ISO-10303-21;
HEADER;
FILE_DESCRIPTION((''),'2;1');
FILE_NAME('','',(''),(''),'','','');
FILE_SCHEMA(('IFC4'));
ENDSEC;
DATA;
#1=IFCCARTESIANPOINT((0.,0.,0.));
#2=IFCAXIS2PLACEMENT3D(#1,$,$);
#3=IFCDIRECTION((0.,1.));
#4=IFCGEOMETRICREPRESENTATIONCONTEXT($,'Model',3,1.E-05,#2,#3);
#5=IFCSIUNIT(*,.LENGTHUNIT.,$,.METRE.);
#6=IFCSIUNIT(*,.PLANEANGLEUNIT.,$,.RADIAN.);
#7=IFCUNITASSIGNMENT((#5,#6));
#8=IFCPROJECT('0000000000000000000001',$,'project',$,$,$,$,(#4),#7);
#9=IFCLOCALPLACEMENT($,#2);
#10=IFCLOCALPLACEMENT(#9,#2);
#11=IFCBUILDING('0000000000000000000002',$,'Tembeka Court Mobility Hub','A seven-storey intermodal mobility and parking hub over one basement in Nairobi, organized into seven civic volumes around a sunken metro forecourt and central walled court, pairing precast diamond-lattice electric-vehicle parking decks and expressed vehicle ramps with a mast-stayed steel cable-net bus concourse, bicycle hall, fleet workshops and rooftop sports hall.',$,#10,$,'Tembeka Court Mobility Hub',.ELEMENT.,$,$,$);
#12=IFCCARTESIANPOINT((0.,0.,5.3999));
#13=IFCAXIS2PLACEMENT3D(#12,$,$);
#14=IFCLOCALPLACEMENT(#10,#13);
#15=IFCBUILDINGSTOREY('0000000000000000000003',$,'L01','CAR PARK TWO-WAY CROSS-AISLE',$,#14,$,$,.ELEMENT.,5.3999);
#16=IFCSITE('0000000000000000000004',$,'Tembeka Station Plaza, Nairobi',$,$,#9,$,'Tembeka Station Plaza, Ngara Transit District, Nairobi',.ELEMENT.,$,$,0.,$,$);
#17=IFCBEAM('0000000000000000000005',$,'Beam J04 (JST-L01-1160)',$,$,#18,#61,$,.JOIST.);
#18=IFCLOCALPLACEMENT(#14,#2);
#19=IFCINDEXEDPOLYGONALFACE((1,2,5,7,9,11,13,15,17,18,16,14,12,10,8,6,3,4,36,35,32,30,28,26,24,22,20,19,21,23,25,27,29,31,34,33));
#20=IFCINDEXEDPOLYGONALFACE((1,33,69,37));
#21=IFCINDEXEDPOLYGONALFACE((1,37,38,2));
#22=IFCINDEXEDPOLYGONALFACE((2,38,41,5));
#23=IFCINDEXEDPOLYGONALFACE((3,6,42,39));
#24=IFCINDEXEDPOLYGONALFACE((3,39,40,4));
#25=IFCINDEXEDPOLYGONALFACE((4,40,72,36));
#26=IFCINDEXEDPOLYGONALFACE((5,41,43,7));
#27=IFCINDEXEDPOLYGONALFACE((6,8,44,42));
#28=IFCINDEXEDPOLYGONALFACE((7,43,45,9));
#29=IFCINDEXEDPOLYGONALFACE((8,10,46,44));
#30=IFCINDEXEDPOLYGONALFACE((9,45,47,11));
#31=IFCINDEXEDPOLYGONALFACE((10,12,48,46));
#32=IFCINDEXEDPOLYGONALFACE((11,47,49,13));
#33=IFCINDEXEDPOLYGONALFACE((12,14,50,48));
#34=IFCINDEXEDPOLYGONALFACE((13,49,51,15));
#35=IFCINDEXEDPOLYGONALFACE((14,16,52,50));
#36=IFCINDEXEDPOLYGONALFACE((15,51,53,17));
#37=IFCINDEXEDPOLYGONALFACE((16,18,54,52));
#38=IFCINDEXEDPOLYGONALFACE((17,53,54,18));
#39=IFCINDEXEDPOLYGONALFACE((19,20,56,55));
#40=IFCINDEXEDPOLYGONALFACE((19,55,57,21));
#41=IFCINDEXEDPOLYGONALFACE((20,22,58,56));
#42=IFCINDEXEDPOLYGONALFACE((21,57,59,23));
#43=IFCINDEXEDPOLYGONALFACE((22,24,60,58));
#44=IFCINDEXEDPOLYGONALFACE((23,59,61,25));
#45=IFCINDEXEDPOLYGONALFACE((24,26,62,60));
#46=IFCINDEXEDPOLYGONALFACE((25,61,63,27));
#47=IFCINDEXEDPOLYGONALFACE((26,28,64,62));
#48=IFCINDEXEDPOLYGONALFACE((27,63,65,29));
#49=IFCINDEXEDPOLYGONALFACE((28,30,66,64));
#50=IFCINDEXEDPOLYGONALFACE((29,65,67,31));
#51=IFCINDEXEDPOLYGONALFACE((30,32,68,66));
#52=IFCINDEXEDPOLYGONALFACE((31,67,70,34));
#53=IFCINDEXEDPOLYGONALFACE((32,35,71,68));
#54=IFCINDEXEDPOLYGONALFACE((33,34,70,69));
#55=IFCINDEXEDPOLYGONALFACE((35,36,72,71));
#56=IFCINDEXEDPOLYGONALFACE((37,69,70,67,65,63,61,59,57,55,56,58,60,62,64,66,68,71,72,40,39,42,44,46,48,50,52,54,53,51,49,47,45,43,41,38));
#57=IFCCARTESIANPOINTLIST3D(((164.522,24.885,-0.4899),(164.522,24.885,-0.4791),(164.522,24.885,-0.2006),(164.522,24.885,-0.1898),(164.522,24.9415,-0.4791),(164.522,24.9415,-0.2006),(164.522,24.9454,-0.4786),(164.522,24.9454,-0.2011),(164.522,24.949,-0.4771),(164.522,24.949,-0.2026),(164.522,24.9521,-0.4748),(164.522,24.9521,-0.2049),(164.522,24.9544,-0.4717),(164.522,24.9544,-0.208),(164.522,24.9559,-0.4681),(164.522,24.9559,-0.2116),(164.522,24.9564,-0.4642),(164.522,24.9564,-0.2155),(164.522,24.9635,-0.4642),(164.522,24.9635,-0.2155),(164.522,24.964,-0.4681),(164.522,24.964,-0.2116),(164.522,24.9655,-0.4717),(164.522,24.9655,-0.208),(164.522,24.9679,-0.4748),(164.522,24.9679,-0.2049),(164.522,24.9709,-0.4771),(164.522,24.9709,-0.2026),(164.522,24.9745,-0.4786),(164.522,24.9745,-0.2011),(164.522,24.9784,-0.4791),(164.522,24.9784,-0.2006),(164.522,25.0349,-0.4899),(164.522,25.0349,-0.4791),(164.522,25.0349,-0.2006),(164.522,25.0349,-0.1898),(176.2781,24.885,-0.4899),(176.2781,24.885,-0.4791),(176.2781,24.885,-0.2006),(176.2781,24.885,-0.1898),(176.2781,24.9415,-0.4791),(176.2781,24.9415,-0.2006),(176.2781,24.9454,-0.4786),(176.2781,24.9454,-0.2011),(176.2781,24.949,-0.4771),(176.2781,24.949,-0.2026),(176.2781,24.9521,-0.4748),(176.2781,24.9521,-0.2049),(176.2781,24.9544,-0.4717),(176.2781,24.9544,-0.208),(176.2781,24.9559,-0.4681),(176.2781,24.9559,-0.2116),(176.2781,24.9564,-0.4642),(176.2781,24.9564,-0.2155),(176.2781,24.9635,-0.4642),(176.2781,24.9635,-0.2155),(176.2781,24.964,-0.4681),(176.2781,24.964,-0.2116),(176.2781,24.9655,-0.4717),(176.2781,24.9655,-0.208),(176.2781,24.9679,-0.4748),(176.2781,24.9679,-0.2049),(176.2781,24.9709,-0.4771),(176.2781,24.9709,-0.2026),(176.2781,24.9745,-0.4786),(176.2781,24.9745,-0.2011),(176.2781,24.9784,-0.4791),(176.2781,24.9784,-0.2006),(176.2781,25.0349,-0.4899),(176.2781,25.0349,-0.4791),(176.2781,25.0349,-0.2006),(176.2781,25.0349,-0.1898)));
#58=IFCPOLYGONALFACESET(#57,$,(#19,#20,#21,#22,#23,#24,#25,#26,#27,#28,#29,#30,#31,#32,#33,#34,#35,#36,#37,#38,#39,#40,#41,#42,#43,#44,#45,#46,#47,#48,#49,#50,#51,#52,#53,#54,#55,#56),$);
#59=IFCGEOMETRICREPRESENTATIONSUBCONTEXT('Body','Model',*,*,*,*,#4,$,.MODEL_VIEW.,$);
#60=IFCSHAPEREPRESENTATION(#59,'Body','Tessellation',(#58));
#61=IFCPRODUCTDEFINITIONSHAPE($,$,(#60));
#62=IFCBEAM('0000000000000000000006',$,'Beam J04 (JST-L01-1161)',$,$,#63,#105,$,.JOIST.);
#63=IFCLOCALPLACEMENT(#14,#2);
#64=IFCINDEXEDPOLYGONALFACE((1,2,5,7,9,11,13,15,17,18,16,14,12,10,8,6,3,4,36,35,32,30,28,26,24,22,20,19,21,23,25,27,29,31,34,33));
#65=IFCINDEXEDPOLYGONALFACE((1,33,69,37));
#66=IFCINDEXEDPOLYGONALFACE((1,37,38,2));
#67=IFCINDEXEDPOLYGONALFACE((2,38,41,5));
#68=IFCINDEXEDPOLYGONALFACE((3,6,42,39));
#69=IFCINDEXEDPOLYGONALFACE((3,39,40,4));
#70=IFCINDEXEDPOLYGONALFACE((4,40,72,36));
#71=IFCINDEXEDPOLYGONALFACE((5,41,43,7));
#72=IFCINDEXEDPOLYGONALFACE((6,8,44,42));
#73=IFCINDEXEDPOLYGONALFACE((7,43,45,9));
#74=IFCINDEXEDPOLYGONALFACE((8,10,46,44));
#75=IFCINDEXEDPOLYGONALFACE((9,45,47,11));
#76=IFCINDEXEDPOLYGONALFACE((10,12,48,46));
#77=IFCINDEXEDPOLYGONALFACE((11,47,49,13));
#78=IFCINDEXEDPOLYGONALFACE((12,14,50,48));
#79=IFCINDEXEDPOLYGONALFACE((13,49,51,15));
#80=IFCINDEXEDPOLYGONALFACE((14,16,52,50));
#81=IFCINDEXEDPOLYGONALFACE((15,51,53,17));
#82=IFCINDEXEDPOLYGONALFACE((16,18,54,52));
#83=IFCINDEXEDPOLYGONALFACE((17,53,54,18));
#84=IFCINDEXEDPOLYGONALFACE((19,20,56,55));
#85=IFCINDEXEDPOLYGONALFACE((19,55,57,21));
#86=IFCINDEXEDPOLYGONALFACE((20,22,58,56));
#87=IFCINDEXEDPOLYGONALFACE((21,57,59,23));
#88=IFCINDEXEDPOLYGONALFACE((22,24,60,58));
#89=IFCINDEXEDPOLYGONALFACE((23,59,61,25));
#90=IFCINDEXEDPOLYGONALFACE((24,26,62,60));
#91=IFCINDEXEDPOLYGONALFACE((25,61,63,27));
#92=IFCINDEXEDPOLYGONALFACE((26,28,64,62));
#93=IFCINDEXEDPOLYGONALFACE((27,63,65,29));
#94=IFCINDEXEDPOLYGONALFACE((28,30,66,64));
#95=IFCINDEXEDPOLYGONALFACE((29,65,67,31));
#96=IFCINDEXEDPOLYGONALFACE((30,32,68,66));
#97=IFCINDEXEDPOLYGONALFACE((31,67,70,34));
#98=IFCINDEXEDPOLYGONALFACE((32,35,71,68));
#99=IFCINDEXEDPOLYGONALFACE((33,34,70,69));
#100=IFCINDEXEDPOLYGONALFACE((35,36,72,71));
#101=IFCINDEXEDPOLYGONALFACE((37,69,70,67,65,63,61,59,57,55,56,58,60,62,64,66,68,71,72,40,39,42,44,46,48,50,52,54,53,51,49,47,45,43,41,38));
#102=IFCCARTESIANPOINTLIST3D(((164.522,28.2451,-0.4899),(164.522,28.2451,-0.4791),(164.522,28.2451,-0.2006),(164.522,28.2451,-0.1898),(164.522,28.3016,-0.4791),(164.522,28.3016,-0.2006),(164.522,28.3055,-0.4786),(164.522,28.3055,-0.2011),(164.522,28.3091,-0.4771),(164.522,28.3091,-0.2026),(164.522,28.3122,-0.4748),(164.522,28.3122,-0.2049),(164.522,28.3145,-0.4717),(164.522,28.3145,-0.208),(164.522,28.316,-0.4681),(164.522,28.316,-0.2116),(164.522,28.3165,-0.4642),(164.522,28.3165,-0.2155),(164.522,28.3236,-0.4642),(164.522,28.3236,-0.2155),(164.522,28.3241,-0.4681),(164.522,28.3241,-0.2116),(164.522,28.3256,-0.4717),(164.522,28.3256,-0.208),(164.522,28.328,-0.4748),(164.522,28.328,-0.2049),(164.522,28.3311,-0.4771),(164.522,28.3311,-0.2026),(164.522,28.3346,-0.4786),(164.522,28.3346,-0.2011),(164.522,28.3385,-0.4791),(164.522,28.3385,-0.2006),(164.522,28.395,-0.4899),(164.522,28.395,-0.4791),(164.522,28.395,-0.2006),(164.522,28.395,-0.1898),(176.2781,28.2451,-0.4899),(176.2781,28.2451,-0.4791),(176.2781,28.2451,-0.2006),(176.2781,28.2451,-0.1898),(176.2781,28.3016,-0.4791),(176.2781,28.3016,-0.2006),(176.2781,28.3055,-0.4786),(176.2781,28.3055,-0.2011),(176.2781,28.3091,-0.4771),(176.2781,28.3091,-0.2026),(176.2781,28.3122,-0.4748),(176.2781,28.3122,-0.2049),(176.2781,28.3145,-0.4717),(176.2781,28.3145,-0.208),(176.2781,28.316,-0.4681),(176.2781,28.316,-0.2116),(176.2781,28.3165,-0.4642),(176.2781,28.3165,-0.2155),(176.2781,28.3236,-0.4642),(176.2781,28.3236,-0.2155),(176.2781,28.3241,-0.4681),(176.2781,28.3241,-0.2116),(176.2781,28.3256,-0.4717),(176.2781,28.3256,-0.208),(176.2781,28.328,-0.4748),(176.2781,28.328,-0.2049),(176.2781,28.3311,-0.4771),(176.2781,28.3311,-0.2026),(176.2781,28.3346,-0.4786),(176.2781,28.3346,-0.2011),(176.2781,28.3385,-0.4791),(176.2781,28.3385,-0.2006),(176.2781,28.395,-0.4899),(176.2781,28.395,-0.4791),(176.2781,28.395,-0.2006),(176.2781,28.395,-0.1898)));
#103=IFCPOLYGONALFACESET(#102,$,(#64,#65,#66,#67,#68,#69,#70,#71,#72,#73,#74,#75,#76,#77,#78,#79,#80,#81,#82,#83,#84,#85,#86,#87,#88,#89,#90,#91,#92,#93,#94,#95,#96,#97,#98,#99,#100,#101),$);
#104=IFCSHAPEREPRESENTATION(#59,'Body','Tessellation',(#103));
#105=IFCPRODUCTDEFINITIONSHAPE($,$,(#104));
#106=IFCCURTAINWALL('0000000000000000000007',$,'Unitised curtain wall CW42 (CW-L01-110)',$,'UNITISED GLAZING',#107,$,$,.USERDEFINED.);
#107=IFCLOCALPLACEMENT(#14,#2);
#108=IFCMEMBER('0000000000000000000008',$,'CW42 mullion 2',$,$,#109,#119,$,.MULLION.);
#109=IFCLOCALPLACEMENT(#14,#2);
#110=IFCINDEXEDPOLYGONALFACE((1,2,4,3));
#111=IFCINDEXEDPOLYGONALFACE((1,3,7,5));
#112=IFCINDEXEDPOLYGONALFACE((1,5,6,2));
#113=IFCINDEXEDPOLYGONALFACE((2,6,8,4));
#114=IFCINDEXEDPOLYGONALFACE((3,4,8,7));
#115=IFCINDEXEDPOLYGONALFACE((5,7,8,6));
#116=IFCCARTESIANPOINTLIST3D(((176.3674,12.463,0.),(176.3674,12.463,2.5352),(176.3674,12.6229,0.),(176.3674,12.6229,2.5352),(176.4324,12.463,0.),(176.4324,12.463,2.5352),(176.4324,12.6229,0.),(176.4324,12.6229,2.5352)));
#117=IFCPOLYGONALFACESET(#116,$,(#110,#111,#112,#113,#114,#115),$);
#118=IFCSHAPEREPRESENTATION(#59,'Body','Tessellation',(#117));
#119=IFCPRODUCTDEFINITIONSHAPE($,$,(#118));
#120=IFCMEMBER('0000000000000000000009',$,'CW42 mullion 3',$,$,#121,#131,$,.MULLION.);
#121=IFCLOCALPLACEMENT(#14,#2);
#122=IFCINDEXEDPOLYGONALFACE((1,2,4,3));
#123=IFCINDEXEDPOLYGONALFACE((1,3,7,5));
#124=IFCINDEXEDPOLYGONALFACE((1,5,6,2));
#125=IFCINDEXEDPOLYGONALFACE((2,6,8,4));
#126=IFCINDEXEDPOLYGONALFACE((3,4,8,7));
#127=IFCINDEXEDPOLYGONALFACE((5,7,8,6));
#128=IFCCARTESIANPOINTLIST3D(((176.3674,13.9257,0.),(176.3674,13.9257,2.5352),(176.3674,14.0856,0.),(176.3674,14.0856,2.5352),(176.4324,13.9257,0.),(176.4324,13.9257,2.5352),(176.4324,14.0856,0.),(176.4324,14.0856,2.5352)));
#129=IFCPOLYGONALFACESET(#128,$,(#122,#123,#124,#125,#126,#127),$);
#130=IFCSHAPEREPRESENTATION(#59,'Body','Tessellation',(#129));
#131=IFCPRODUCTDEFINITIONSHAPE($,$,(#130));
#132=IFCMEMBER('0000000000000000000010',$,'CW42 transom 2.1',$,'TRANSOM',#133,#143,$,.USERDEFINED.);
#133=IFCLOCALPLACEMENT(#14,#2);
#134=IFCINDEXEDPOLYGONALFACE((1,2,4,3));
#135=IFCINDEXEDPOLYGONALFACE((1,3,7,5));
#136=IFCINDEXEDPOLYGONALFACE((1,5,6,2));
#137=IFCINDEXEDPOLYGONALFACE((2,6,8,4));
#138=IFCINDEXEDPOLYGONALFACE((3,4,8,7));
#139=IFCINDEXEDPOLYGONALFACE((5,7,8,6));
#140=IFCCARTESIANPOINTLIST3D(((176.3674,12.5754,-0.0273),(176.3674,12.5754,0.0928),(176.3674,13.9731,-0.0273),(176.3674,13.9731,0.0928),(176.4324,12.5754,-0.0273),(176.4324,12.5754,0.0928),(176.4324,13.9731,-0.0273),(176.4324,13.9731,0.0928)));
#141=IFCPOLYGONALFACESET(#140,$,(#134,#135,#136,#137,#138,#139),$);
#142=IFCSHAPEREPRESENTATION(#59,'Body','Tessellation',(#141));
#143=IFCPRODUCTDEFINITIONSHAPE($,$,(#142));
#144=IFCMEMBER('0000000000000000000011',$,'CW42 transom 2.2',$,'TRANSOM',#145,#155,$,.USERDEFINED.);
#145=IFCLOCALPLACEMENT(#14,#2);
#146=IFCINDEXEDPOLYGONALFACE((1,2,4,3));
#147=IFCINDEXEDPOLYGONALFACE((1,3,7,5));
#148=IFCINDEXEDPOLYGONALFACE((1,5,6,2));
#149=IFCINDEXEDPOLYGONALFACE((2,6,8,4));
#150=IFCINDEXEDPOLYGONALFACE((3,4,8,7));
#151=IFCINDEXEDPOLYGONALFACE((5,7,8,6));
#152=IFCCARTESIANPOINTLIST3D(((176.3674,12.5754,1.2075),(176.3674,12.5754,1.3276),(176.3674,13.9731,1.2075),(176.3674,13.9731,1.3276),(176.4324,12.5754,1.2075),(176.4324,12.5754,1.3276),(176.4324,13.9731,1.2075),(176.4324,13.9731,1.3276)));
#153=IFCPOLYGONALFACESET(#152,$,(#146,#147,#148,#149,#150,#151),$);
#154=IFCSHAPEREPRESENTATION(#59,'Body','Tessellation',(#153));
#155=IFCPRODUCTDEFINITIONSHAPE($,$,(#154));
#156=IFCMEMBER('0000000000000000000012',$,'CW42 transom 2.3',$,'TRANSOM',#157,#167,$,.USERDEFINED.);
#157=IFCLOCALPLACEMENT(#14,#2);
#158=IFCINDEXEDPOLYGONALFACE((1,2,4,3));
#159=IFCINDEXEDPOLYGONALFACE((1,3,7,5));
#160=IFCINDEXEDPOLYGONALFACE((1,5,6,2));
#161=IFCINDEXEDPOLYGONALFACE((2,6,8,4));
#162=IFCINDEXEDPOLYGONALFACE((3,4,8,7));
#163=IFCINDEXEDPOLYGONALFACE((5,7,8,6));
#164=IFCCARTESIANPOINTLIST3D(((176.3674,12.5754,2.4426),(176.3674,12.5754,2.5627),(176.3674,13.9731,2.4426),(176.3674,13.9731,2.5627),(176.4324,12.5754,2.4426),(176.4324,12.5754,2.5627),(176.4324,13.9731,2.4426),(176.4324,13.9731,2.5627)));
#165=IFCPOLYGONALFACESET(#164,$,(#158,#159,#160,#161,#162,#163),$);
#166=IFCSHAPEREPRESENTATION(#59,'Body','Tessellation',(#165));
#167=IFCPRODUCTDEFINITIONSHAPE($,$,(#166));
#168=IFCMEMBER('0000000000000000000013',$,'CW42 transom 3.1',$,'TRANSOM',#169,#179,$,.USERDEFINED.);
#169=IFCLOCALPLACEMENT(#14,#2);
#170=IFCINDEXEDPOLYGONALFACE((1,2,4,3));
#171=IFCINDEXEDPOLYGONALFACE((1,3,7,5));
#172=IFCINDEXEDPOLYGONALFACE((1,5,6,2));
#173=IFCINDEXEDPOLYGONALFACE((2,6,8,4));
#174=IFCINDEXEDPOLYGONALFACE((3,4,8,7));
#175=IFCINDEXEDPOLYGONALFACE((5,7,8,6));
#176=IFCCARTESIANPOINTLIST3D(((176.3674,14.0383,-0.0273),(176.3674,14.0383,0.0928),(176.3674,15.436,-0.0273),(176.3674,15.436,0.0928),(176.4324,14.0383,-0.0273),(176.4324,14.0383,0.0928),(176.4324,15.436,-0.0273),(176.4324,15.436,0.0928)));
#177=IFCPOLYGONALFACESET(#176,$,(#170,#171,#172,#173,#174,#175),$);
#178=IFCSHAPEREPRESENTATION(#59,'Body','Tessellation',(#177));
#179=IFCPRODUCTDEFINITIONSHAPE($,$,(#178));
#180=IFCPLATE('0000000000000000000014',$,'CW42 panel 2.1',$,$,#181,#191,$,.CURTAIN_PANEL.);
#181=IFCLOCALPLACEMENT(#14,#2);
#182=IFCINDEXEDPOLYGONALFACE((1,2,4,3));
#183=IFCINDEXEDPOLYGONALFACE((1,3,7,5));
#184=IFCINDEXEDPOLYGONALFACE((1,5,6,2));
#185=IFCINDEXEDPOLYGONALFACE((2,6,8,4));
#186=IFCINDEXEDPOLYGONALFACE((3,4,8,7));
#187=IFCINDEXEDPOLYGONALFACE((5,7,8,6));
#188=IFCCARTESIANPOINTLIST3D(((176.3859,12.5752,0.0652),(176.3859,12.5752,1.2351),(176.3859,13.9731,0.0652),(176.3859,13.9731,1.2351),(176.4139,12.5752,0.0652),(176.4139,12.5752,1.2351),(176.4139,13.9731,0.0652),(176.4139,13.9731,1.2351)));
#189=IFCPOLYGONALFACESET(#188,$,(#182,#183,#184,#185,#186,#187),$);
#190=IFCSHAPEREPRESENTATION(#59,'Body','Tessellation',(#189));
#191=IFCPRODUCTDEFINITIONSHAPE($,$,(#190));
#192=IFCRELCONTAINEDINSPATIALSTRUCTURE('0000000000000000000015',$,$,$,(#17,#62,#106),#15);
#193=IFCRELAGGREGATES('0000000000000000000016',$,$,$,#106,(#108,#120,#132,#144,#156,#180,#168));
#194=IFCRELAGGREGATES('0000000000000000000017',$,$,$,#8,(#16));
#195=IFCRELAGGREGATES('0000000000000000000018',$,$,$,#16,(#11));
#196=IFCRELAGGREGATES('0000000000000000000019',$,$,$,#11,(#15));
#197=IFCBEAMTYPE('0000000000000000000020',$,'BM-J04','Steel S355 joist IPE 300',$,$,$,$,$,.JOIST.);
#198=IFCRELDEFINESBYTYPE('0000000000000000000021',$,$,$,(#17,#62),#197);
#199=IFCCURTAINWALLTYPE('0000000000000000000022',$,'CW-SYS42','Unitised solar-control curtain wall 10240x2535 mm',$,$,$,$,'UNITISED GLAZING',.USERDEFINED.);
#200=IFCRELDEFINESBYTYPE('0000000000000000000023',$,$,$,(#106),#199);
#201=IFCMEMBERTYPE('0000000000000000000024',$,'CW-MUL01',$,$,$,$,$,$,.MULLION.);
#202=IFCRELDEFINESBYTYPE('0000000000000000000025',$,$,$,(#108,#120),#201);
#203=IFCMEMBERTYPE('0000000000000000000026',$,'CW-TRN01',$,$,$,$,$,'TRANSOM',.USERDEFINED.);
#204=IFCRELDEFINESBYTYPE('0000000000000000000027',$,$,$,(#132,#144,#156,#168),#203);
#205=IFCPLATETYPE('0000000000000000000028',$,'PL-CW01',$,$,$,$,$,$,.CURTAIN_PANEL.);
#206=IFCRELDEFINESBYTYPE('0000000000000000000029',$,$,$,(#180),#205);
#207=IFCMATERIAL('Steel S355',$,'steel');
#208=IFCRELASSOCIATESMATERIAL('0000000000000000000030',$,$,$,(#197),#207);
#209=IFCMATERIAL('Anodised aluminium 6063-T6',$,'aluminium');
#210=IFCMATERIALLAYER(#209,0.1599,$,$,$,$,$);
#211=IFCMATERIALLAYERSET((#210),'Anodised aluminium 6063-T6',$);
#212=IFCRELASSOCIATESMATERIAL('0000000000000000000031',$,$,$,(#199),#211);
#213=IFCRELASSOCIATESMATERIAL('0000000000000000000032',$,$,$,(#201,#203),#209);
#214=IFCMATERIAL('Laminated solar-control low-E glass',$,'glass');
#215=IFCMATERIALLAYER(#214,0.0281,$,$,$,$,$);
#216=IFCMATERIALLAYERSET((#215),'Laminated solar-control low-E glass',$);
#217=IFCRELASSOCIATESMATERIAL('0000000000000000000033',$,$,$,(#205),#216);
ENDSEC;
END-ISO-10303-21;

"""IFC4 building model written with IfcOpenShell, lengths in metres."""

from ifc_helpers import new_model, si_unit, direction, frame, origin, origin_2d, place, context, subcontext, project, spatial, rectangle, i_section, extrude, material, layer, layer_set, material_profile, profile_set, type_object, element, aggregate, save


model = new_model("IFC4")

# Units and contexts
model_context = context("Model", 3, precision=1e-05, world=origin(), true_north=direction((0.0, 1.0)))
body_context = subcontext(model_context, "Body", "Model", "MODEL_VIEW")
ifc_project = project(units=[si_unit("LENGTHUNIT", "METRE"), si_unit("PLANEANGLEUNIT", "RADIAN")], contexts=[model_context])

# Site, building, storey
site_placement = place(None, origin())
site = spatial("IfcSite", under=ifc_project, at=site_placement, Name="Tembeka Station Plaza, Nairobi", LongName="Tembeka Station Plaza, Ngara Transit District, Nairobi", CompositionType="ELEMENT", RefElevation=0.0)
building_placement = place(site_placement, origin())
building = spatial("IfcBuilding", under=site, at=building_placement, Name="Tembeka Court Mobility Hub", Description="A seven-storey intermodal mobility and parking hub over one basement in Nairobi, organized into seven civic volumes around a sunken metro forecourt and central walled court, pairing precast diamond-lattice electric-vehicle parking decks and expressed vehicle ramps with a mast-stayed steel cable-net bus concourse, bicycle hall, fleet workshops and rooftop sports hall.", LongName="Tembeka Court Mobility Hub", CompositionType="ELEMENT")
storey_placement = place(building_placement, frame((0.0, 0.0, 5.3999)))
storey = spatial("IfcBuildingStorey", under=building, at=storey_placement, Name="L01", Description="CAR PARK TWO-WAY CROSS-AISLE", CompositionType="ELEMENT", Elevation=5.3999)

# Shared definitions
ifc_material_1 = material(Name="Steel S355", Category="steel")

# Beams
ifc_material_profile_1 = material_profile(ifc_material_1, i_section(OverallWidth=0.1499, OverallDepth=0.3, WebThickness=0.0071, FlangeThickness=0.0107, FilletRadius=0.0149, at=origin_2d()), Name="IPE 300")
ifc_profile_set_1 = profile_set([ifc_material_profile_1], Name="Steel S355")
beam_type_1 = type_object("IfcBeamType", Name="BM-J04", Description="Steel S355 joist IPE 300", PredefinedType="JOIST", material=ifc_profile_set_1)
for number, where, z_axis, x_axis, name in (
    (1, (164.522, 24.96, -0.3398), (1.0, 0.0, 0.0), (0.0, 1.0, 0.0), "Beam J04 (JST-L01-1160)"),
    (2, (164.522, 28.3201, -0.3398), (1.0, 0.0, 0.0), (0.0, 1.0, 0.0), "Beam J04 (JST-L01-1161)"),
):
    element("IfcBeam", number, at=place(storey_placement, frame(where, z_axis=z_axis, x_axis=x_axis)), inside=storey, type_object=beam_type_1, Name=name, PredefinedType="JOIST", context=body_context, shape_type="SweptSolid", body=[
        extrude(i_section(OverallWidth=0.1499, OverallDepth=0.3, WebThickness=0.0071, FlangeThickness=0.0107, FilletRadius=0.0149, at=origin_2d()), origin(), (0.0, 0.0, 1.0), 11.7561),
    ])

# Curtain wall, members, plate
ifc_material_2 = material(Name="Anodised aluminium 6063-T6", Category="aluminium")
ifc_layer_1 = layer(ifc_material_2, 0.1599)
ifc_layer_set_1 = layer_set([ifc_layer_1], Name="Anodised aluminium 6063-T6")
curtain_wall_type = type_object("IfcCurtainWallType", Name="CW-SYS42", Description="Unitised solar-control curtain wall 10240x2535 mm", ElementType="UNITISED GLAZING", PredefinedType="USERDEFINED", material=ifc_layer_set_1)
curtain_wall_placement = place(storey_placement, origin())
curtain_wall = element("IfcCurtainWall", 3, at=curtain_wall_placement, inside=storey, type_object=curtain_wall_type, Name="Unitised curtain wall CW42 (CW-L01-110)", ObjectType="UNITISED GLAZING", PredefinedType="USERDEFINED")
ifc_material_profile_2 = material_profile(ifc_material_2, rectangle(XDim=0.0649, YDim=0.1599, at=origin_2d()), Name="ALU-MUL 65x160")
ifc_profile_set_2 = profile_set([ifc_material_profile_2], Name="Anodised aluminium 6063-T6")
member_type_1 = type_object("IfcMemberType", Name="CW-MUL01", PredefinedType="MULLION", material=ifc_profile_set_2)
member_1_placement = place(storey_placement, frame((176.3999, 12.543, 0.0), z_axis=(0.0, 0.0, 1.0), x_axis=(-1.0, 0.0, 0.0)))
member_1 = element("IfcMember", 4, at=member_1_placement, type_object=member_type_1, Name="CW42 mullion 2", PredefinedType="MULLION", context=body_context, shape_type="SweptSolid", body=[
    extrude(rectangle(XDim=0.0649, YDim=0.1599, at=origin_2d()), origin(), (0.0, 0.0, 1.0), 2.5352),
])
member_2_placement = place(storey_placement, frame((176.3999, 14.0056, 0.0), z_axis=(0.0, 0.0, 1.0), x_axis=(-1.0, 0.0, 0.0)))
member_2 = element("IfcMember", 5, at=member_2_placement, type_object=member_type_1, Name="CW42 mullion 3", PredefinedType="MULLION", context=body_context, shape_type="SweptSolid", body=[
    extrude(rectangle(XDim=0.0649, YDim=0.1599, at=origin_2d()), origin(), (0.0, 0.0, 1.0), 2.5352),
])
ifc_material_profile_3 = material_profile(ifc_material_2, rectangle(XDim=0.0649, YDim=0.1201, at=origin_2d()), Name="ALU-TRN 65x120")
ifc_profile_set_3 = profile_set([ifc_material_profile_3], Name="Anodised aluminium 6063-T6")
member_type_2 = type_object("IfcMemberType", Name="CW-TRN01", ElementType="TRANSOM", PredefinedType="USERDEFINED", material=ifc_profile_set_3)
member_3_placement = place(storey_placement, frame((176.3999, 12.5754, 0.0327), z_axis=(0.0, 1.0, 0.0), x_axis=(-1.0, 0.0, 0.0)))
member_3 = element("IfcMember", 6, at=member_3_placement, type_object=member_type_2, Name="CW42 transom 2.1", ObjectType="TRANSOM", PredefinedType="USERDEFINED", context=body_context, shape_type="SweptSolid", body=[
    extrude(rectangle(XDim=0.0649, YDim=0.1201, at=origin_2d()), origin(), (0.0, 0.0, 1.0), 1.3977),
])
member_4_placement = place(storey_placement, frame((176.3999, 12.5754, 1.2676), z_axis=(0.0, 1.0, 0.0), x_axis=(-1.0, 0.0, 0.0)))
member_4 = element("IfcMember", 7, at=member_4_placement, type_object=member_type_2, Name="CW42 transom 2.2", ObjectType="TRANSOM", PredefinedType="USERDEFINED", context=body_context, shape_type="SweptSolid", body=[
    extrude(rectangle(XDim=0.0649, YDim=0.1201, at=origin_2d()), origin(), (0.0, 0.0, 1.0), 1.3977),
])
member_5_placement = place(storey_placement, frame((176.3999, 12.5754, 2.5027), z_axis=(0.0, 1.0, 0.0), x_axis=(-1.0, 0.0, 0.0)))
member_5 = element("IfcMember", 8, at=member_5_placement, type_object=member_type_2, Name="CW42 transom 2.3", ObjectType="TRANSOM", PredefinedType="USERDEFINED", context=body_context, shape_type="SweptSolid", body=[
    extrude(rectangle(XDim=0.0649, YDim=0.1201, at=origin_2d()), origin(), (0.0, 0.0, 1.0), 1.3977),
])
member_6_placement = place(storey_placement, frame((176.3999, 14.0383, 0.0327), z_axis=(0.0, 1.0, 0.0), x_axis=(-1.0, 0.0, 0.0)))
member_6 = element("IfcMember", 9, at=member_6_placement, type_object=member_type_2, Name="CW42 transom 3.1", ObjectType="TRANSOM", PredefinedType="USERDEFINED", context=body_context, shape_type="SweptSolid", body=[
    extrude(rectangle(XDim=0.0649, YDim=0.1201, at=origin_2d()), origin(), (0.0, 0.0, 1.0), 1.3977),
])
ifc_material_3 = material(Name="Laminated solar-control low-E glass", Category="glass")
ifc_layer_2 = layer(ifc_material_3, 0.0281)
ifc_layer_set_2 = layer_set([ifc_layer_2], Name="Laminated solar-control low-E glass")
plate_type = type_object("IfcPlateType", Name="PL-CW01", PredefinedType="CURTAIN_PANEL", material=ifc_layer_set_2)
plate_1_placement = place(storey_placement, frame((176.3999, 13.2742, 0.0652), z_axis=(0.0, 0.0, 1.0), x_axis=(0.0, 1.0, 0.0)))
plate_1 = element("IfcPlate", 10, at=plate_1_placement, type_object=plate_type, Name="CW42 panel 2.1", PredefinedType="CURTAIN_PANEL", context=body_context, shape_type="SweptSolid", body=[
    extrude(rectangle(XDim=1.3979, YDim=0.0281, at=origin_2d()), origin(), (0.0, 0.0, 1.0), 1.1699),
])
aggregate(curtain_wall, [member_1, member_2, member_3, member_4, member_5, plate_1, member_6])

save(model, "model.ifc")
